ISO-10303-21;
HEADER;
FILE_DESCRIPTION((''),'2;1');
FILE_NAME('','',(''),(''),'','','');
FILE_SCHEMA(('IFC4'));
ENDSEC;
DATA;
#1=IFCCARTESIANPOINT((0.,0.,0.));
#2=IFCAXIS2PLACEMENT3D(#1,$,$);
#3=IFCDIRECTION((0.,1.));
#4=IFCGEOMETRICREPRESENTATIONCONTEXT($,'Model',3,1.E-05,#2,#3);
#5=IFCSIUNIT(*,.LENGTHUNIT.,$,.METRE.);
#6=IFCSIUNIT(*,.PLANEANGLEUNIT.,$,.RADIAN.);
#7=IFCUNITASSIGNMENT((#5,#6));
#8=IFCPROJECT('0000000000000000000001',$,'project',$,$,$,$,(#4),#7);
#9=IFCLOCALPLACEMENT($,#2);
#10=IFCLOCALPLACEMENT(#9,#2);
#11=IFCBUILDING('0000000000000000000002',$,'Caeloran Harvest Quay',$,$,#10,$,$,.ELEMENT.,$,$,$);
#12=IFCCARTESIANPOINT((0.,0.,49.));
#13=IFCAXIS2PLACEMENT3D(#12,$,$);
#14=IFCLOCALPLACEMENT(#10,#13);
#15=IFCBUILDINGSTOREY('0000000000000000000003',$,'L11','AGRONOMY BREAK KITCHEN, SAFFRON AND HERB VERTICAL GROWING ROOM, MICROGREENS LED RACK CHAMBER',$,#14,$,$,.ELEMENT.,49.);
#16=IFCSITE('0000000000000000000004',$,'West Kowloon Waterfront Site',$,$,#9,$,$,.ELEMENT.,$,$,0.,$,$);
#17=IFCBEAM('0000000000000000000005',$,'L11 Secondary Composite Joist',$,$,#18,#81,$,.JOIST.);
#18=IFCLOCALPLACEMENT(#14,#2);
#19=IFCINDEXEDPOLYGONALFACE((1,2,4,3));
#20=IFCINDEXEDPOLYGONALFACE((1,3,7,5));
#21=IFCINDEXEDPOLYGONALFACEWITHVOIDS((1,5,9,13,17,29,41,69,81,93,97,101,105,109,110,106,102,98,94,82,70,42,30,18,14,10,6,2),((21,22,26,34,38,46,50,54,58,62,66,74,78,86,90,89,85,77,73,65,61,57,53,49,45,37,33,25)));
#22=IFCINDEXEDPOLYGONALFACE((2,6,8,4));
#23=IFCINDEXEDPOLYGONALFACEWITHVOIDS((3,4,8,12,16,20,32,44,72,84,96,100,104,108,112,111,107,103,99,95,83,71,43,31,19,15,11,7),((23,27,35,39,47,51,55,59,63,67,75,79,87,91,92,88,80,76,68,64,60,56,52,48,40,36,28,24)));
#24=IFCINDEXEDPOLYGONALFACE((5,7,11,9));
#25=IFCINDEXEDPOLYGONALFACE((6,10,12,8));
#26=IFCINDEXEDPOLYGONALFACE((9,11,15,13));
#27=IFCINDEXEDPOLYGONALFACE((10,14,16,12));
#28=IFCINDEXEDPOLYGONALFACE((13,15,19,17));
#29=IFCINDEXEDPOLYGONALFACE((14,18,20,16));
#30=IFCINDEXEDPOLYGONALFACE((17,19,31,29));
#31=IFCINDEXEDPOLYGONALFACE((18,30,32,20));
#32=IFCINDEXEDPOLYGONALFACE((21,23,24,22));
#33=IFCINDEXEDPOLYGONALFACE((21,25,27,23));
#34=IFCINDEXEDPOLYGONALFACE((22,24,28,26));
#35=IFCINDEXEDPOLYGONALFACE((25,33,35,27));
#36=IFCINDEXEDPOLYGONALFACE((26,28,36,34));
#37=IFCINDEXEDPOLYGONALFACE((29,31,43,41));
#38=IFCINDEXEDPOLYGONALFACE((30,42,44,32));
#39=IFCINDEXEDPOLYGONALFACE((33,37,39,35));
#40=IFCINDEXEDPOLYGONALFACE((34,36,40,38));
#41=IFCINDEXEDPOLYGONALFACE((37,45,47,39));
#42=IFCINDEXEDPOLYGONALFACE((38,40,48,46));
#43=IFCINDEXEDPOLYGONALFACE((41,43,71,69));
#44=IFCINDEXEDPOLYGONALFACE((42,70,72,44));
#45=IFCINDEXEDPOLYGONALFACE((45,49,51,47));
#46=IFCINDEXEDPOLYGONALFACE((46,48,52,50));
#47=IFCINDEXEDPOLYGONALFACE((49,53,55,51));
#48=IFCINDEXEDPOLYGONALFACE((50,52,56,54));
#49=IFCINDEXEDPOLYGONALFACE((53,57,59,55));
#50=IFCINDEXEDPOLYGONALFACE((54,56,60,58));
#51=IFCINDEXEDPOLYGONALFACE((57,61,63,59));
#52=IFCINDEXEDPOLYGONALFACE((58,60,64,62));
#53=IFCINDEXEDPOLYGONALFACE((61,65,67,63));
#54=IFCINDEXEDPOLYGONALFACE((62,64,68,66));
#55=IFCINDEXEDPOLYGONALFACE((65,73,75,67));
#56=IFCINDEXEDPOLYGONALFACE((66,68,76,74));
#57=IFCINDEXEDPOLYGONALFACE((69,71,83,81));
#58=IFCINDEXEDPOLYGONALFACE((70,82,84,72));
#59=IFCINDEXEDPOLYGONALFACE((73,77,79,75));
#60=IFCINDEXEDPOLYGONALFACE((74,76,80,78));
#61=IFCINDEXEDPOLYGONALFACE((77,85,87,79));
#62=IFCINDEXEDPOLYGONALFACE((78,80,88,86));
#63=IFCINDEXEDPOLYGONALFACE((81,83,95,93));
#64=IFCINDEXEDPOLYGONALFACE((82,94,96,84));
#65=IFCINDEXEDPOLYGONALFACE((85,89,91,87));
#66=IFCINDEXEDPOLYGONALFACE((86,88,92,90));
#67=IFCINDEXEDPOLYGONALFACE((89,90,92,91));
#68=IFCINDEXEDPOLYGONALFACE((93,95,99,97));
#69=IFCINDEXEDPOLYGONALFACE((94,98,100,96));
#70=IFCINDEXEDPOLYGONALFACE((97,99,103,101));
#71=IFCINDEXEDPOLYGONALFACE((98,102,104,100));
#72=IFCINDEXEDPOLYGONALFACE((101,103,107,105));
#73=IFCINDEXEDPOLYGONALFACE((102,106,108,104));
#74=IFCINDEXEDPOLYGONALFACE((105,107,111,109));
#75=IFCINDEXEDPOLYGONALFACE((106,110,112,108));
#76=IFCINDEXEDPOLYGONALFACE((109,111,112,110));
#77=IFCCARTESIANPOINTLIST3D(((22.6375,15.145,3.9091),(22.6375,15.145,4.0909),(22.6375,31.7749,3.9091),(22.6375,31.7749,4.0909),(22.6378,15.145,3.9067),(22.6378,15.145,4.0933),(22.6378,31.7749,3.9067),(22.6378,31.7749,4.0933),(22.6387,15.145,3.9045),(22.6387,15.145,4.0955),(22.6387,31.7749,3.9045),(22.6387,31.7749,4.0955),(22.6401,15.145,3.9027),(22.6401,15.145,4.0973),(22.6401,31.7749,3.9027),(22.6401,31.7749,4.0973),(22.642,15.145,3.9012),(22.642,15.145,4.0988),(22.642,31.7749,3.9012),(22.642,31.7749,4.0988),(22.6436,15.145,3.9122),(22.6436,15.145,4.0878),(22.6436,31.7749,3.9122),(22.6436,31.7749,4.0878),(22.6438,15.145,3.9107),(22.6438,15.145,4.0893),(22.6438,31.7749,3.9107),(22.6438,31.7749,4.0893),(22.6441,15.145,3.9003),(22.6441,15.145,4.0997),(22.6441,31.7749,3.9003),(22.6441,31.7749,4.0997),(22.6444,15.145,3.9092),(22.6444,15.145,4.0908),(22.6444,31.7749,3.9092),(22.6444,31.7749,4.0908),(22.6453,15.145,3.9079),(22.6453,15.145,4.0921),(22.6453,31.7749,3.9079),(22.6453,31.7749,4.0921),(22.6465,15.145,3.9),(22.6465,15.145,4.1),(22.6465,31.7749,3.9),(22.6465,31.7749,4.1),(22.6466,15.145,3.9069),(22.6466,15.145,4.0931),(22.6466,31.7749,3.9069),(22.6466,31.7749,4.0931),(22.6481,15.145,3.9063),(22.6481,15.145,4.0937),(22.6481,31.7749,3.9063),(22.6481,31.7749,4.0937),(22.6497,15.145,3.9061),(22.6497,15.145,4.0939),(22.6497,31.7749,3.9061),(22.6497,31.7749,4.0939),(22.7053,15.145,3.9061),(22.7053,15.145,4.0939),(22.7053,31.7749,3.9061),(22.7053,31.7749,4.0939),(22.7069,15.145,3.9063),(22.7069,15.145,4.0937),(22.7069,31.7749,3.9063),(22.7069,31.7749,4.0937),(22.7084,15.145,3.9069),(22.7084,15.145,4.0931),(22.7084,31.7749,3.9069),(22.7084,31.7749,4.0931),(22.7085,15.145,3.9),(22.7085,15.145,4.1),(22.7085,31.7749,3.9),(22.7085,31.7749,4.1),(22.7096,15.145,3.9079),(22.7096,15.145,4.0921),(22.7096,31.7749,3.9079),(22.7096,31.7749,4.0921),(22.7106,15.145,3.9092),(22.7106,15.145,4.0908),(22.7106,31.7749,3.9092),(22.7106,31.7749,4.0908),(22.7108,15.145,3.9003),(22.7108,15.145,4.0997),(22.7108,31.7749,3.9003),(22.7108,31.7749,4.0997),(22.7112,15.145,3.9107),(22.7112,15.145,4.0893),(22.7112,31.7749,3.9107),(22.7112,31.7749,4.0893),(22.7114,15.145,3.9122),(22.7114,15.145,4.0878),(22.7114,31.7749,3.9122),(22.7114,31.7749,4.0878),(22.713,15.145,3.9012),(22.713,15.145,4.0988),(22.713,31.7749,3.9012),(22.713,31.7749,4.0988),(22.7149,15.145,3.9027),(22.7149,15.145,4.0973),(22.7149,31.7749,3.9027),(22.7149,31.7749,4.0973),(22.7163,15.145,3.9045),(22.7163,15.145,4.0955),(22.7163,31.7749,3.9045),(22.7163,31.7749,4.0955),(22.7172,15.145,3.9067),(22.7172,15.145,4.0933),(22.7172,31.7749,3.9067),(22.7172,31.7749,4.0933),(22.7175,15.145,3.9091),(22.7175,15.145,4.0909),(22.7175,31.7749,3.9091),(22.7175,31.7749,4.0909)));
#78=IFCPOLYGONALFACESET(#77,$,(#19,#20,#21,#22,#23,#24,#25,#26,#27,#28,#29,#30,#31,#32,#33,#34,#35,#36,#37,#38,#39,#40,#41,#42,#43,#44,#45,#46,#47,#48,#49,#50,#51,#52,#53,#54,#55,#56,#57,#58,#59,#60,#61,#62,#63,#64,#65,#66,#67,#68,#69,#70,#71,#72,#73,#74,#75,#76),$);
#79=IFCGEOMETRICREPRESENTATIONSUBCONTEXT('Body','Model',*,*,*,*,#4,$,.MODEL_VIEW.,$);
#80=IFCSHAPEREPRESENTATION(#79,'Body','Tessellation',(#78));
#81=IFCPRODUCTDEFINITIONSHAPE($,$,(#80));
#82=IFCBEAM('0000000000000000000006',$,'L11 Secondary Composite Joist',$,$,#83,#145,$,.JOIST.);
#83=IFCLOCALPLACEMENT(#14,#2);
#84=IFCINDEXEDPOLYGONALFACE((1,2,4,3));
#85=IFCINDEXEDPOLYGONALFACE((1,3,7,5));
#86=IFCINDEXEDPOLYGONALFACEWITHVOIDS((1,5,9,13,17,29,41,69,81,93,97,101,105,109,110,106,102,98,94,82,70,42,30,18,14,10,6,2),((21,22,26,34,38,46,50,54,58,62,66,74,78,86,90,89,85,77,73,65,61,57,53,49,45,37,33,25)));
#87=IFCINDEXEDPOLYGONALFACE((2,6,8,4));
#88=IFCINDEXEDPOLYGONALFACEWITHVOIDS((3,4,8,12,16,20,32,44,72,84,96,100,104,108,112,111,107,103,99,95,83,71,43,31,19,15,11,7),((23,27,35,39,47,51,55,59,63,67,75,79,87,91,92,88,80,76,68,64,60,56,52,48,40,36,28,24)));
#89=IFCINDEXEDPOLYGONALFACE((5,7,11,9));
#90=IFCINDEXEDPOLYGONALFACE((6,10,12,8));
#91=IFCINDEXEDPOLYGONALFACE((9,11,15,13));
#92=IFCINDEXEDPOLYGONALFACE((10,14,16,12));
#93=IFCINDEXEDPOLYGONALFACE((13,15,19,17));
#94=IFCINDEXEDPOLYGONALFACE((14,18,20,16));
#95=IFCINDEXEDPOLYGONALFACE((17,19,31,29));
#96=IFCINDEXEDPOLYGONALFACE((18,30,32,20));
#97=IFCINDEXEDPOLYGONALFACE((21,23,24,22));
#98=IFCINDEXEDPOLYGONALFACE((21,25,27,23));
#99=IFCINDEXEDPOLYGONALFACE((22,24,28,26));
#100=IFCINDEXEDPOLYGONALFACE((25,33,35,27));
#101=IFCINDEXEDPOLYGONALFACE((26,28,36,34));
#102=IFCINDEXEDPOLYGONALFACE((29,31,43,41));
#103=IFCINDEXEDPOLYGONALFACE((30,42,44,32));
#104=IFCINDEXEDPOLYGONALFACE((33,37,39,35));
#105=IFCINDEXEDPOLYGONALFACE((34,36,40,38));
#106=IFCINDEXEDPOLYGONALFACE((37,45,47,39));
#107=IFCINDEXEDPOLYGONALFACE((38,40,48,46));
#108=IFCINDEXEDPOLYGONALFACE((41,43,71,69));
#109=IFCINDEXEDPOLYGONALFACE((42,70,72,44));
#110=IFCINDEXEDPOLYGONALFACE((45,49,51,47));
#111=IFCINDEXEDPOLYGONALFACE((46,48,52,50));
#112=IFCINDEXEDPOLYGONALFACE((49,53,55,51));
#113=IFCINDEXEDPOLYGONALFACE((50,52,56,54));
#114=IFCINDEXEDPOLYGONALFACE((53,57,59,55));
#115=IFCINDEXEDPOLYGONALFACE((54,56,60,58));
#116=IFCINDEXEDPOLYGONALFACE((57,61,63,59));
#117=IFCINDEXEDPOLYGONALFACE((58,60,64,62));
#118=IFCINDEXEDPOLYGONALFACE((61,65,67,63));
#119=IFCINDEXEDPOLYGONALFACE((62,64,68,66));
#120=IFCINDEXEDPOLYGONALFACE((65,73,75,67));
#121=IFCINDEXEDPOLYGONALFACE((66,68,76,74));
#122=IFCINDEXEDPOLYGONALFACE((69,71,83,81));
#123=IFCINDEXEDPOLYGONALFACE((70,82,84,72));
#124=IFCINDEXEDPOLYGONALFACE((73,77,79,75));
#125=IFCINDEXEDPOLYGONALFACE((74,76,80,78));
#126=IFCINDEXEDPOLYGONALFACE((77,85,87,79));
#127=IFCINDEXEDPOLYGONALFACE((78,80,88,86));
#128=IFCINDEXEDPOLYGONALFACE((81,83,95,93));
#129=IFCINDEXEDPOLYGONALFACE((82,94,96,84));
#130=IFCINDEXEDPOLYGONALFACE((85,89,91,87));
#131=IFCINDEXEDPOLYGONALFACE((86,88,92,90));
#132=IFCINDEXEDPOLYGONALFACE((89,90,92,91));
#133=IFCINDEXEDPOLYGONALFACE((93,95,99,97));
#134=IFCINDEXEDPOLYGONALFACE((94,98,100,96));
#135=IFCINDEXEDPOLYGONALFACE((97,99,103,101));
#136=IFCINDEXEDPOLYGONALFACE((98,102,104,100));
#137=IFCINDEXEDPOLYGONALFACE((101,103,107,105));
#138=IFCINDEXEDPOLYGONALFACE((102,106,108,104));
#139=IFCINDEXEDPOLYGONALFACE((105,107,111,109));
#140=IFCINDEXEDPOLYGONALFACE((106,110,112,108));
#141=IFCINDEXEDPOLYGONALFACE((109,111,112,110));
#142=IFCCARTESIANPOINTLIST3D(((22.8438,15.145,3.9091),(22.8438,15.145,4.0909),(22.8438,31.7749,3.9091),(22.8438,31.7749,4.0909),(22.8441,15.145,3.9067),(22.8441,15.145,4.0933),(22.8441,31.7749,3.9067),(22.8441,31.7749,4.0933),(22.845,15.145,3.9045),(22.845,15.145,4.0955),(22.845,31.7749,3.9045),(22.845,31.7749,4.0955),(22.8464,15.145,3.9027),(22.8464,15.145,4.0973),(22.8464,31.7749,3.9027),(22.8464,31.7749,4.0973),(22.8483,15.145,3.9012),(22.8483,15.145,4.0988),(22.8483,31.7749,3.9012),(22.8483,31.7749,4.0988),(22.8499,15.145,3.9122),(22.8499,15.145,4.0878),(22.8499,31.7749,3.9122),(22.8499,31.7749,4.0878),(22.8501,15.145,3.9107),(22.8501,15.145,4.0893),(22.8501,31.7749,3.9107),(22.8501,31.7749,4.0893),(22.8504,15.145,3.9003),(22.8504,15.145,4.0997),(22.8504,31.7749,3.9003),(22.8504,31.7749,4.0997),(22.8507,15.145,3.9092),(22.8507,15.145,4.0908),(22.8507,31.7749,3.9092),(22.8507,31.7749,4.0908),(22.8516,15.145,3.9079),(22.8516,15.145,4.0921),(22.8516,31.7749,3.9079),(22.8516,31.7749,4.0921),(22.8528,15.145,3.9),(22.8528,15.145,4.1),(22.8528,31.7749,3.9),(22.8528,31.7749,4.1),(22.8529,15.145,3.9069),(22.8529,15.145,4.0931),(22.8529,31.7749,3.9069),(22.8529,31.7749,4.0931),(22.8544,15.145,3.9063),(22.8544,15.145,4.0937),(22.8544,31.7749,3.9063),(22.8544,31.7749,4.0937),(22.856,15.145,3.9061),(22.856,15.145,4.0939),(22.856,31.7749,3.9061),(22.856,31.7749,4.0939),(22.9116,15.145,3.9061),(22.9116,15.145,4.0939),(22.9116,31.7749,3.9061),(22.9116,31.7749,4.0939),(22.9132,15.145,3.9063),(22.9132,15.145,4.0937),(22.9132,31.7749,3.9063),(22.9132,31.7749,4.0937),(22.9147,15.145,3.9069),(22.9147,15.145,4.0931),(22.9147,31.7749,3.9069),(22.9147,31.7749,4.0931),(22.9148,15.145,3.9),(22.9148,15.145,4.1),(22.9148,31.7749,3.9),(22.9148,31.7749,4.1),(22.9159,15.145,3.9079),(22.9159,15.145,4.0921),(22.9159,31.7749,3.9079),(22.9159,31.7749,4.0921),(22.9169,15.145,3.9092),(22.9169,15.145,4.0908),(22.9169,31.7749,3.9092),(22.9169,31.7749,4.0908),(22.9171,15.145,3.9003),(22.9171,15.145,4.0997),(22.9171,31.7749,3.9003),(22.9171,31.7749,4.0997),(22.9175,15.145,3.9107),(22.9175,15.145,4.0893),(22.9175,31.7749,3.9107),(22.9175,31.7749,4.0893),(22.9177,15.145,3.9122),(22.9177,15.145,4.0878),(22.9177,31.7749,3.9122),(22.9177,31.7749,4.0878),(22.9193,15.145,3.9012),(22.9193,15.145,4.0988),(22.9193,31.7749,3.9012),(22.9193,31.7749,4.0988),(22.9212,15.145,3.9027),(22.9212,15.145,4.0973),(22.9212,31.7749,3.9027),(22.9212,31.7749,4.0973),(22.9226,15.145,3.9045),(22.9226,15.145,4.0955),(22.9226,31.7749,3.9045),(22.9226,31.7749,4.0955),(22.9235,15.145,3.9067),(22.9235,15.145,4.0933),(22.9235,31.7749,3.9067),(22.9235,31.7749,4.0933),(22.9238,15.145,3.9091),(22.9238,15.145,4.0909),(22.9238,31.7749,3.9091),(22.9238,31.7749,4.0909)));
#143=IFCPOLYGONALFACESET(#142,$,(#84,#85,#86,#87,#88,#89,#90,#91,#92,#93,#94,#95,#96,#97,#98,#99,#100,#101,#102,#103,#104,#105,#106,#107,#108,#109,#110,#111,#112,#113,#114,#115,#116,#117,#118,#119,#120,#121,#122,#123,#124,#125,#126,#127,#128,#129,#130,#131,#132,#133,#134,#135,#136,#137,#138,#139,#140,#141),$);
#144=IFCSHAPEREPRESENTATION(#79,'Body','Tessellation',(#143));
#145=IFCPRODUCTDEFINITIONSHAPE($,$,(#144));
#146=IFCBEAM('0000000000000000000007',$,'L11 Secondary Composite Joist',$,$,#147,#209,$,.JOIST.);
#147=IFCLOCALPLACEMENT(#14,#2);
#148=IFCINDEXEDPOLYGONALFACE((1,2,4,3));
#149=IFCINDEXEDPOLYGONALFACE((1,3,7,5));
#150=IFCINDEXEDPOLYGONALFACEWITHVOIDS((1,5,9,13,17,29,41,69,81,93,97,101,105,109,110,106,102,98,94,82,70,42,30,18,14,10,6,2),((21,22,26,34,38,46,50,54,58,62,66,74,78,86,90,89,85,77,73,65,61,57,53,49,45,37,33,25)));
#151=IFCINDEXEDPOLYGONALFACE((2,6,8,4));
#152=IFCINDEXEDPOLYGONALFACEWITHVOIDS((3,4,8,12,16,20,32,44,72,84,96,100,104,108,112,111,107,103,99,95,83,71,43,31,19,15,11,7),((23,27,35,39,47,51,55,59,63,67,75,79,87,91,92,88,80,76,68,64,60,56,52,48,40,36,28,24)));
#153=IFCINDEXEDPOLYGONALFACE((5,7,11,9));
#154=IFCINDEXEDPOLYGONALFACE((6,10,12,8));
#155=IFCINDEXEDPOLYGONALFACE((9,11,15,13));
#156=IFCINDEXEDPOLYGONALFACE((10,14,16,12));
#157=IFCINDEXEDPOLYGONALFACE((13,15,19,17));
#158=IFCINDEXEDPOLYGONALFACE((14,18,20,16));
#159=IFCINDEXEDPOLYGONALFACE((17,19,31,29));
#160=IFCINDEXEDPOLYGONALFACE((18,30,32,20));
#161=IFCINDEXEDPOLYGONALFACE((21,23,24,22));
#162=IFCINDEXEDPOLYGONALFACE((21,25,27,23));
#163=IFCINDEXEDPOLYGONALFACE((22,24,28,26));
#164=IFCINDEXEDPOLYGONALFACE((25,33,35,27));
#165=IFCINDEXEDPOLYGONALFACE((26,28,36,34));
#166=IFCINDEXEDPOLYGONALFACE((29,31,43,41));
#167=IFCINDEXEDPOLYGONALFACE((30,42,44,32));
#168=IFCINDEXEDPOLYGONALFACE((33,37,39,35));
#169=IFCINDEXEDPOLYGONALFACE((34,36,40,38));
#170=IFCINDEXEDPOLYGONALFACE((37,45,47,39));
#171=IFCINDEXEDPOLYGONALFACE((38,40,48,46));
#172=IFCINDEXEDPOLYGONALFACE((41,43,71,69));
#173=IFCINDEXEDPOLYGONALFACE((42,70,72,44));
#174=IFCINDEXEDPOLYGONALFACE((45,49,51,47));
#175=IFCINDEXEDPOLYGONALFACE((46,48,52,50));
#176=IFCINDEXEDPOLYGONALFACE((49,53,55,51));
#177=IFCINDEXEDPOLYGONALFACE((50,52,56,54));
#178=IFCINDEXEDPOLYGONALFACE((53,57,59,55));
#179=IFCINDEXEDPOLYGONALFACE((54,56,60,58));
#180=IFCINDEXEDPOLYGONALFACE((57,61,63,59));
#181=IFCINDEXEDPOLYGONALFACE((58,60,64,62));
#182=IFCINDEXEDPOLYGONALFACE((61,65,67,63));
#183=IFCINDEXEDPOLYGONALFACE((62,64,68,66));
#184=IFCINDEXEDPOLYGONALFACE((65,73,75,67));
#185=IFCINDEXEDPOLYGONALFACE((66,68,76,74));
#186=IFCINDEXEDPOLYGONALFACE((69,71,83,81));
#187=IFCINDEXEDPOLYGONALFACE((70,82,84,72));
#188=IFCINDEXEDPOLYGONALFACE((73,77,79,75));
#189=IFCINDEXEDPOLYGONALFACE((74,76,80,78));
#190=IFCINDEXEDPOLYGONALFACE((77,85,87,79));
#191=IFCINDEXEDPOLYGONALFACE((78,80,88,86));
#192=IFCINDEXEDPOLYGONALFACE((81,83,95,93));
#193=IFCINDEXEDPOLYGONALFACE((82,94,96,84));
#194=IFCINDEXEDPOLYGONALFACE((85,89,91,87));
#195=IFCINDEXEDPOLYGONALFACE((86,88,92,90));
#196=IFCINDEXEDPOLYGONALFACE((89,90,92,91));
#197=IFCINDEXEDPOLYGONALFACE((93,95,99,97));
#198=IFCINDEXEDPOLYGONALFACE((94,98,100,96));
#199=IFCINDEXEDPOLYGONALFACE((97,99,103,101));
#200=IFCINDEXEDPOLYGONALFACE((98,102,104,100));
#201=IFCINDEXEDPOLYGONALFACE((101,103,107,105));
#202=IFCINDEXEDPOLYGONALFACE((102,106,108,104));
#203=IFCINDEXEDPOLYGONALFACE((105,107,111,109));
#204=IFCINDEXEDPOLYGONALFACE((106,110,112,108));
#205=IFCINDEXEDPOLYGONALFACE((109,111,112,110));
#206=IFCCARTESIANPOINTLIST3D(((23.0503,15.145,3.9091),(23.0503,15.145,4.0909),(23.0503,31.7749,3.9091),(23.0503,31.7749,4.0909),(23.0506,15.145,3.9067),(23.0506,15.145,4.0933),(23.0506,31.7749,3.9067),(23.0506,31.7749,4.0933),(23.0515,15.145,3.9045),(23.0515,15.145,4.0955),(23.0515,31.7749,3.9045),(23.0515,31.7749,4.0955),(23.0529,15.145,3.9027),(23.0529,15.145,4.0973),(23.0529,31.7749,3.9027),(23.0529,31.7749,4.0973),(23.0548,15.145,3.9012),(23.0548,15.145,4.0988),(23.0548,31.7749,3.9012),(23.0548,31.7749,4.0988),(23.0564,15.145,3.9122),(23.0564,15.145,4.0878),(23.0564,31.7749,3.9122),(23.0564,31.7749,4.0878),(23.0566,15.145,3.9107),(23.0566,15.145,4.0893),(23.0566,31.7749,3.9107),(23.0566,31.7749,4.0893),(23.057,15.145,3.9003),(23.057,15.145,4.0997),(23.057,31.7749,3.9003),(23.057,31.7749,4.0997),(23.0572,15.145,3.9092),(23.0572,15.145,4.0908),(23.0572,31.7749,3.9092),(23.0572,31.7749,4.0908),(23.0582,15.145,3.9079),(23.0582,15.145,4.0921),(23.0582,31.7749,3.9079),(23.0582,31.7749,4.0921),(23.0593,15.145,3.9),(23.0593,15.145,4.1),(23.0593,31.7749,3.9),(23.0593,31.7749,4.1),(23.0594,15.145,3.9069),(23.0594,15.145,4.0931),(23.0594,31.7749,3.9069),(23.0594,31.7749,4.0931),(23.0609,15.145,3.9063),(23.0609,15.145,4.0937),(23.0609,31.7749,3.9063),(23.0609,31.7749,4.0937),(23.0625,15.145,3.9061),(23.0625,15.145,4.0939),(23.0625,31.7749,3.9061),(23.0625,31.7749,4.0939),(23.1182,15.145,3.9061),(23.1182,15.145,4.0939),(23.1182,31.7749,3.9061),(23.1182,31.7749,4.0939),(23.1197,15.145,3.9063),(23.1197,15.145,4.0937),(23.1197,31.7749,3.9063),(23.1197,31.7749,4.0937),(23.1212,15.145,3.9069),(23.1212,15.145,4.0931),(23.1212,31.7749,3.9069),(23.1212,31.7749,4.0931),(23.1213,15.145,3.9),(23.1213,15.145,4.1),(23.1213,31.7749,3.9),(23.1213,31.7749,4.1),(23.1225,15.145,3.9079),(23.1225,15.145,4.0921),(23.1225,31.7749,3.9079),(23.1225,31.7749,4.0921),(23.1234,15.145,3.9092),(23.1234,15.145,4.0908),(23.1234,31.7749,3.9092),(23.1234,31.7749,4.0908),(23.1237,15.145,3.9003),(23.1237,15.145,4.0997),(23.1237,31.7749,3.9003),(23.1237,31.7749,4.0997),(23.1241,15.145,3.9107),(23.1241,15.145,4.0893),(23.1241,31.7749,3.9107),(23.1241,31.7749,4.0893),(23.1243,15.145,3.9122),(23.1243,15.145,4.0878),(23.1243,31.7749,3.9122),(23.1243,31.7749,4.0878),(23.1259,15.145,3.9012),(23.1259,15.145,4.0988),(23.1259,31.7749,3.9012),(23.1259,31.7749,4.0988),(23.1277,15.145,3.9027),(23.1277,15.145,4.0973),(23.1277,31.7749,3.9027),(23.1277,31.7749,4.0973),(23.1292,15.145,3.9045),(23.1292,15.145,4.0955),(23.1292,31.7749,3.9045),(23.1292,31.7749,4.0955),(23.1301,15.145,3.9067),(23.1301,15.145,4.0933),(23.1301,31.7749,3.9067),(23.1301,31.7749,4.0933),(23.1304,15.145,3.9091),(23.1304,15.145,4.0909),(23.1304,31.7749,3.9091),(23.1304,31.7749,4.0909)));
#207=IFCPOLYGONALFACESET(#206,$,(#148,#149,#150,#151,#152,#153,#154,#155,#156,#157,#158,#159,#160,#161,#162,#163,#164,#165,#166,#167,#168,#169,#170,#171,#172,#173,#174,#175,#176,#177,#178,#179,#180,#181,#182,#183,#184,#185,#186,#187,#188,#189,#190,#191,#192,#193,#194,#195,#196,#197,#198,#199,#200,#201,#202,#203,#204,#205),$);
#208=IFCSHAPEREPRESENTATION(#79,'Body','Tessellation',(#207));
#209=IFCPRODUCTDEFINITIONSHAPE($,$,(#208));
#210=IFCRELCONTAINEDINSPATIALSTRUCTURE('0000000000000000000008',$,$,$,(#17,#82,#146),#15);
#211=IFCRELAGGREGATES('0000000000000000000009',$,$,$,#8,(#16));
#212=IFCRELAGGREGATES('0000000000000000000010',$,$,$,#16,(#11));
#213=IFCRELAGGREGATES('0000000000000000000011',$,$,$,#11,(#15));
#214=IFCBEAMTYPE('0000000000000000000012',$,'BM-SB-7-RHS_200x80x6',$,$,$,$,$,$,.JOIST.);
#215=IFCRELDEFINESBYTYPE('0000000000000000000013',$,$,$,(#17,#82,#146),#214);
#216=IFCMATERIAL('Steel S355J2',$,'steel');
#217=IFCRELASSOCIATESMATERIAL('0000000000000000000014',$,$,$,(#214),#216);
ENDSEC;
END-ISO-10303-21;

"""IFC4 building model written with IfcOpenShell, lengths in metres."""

from ifc_helpers import new_model, si_unit, direction, frame, origin, origin_2d, place, context, subcontext, project, spatial, hollow_rectangle, extrude, material, material_profile, profile_set, type_object, element, save


model = new_model("IFC4")

# Units and contexts
model_context = context("Model", 3, precision=1e-05, world=origin(), true_north=direction((0.0, 1.0)))
body_context = subcontext(model_context, "Body", "Model", "MODEL_VIEW")
ifc_project = project(units=[si_unit("LENGTHUNIT", "METRE"), si_unit("PLANEANGLEUNIT", "RADIAN")], contexts=[model_context])

# Site, building, storey
site_placement = place(None, origin())
site = spatial("IfcSite", under=ifc_project, at=site_placement, Name="West Kowloon Waterfront Site", CompositionType="ELEMENT", RefElevation=0.0)
building_placement = place(site_placement, origin())
building = spatial("IfcBuilding", under=site, at=building_placement, Name="Caeloran Harvest Quay", CompositionType="ELEMENT")
storey_placement = place(building_placement, frame((0.0, 0.0, 49.0)))
storey = spatial("IfcBuildingStorey", under=building, at=storey_placement, Name="L11", Description="AGRONOMY BREAK KITCHEN, SAFFRON AND HERB VERTICAL GROWING ROOM, MICROGREENS LED RACK CHAMBER", CompositionType="ELEMENT", Elevation=49.0)

# Beams
ifc_material_1 = material(Name="Steel S355J2", Category="steel")
ifc_material_profile_1 = material_profile(ifc_material_1, hollow_rectangle(XDim=0.0801, YDim=0.2, WallThickness=0.0061, InnerFilletRadius=0.0061, OuterFilletRadius=0.009, at=origin_2d()), Name="RHS 200x80x6")
ifc_profile_set_1 = profile_set([ifc_material_profile_1], Name="Steel S355J2")
beam_type_1 = type_object("IfcBeamType", Name="BM-SB-7-RHS_200x80x6", PredefinedType="JOIST", material=ifc_profile_set_1)
for number, where, z_axis, x_axis, name in (
    (1, (22.6775, 15.145, 4.0), (0.0, 1.0, 0.0), (-1.0, 0.0, 0.0), "L11 Secondary Composite Joist"),
    (2, (22.8838, 15.145, 4.0), (0.0, 1.0, 0.0), (-1.0, 0.0, 0.0), "L11 Secondary Composite Joist"),
    (3, (23.0903, 15.145, 4.0), (0.0, 1.0, 0.0), (-1.0, 0.0, 0.0), "L11 Secondary Composite Joist"),
):
    element("IfcBeam", number, at=place(storey_placement, frame(where, z_axis=z_axis, x_axis=x_axis)), inside=storey, type_object=beam_type_1, Name=name, PredefinedType="JOIST", context=body_context, shape_type="SweptSolid", body=[
        extrude(hollow_rectangle(XDim=0.0801, YDim=0.2, WallThickness=0.0061, InnerFilletRadius=0.0061, OuterFilletRadius=0.009, at=origin_2d()), origin(), (0.0, 0.0, 1.0), 16.6299),
    ])

save(model, "model.ifc")
